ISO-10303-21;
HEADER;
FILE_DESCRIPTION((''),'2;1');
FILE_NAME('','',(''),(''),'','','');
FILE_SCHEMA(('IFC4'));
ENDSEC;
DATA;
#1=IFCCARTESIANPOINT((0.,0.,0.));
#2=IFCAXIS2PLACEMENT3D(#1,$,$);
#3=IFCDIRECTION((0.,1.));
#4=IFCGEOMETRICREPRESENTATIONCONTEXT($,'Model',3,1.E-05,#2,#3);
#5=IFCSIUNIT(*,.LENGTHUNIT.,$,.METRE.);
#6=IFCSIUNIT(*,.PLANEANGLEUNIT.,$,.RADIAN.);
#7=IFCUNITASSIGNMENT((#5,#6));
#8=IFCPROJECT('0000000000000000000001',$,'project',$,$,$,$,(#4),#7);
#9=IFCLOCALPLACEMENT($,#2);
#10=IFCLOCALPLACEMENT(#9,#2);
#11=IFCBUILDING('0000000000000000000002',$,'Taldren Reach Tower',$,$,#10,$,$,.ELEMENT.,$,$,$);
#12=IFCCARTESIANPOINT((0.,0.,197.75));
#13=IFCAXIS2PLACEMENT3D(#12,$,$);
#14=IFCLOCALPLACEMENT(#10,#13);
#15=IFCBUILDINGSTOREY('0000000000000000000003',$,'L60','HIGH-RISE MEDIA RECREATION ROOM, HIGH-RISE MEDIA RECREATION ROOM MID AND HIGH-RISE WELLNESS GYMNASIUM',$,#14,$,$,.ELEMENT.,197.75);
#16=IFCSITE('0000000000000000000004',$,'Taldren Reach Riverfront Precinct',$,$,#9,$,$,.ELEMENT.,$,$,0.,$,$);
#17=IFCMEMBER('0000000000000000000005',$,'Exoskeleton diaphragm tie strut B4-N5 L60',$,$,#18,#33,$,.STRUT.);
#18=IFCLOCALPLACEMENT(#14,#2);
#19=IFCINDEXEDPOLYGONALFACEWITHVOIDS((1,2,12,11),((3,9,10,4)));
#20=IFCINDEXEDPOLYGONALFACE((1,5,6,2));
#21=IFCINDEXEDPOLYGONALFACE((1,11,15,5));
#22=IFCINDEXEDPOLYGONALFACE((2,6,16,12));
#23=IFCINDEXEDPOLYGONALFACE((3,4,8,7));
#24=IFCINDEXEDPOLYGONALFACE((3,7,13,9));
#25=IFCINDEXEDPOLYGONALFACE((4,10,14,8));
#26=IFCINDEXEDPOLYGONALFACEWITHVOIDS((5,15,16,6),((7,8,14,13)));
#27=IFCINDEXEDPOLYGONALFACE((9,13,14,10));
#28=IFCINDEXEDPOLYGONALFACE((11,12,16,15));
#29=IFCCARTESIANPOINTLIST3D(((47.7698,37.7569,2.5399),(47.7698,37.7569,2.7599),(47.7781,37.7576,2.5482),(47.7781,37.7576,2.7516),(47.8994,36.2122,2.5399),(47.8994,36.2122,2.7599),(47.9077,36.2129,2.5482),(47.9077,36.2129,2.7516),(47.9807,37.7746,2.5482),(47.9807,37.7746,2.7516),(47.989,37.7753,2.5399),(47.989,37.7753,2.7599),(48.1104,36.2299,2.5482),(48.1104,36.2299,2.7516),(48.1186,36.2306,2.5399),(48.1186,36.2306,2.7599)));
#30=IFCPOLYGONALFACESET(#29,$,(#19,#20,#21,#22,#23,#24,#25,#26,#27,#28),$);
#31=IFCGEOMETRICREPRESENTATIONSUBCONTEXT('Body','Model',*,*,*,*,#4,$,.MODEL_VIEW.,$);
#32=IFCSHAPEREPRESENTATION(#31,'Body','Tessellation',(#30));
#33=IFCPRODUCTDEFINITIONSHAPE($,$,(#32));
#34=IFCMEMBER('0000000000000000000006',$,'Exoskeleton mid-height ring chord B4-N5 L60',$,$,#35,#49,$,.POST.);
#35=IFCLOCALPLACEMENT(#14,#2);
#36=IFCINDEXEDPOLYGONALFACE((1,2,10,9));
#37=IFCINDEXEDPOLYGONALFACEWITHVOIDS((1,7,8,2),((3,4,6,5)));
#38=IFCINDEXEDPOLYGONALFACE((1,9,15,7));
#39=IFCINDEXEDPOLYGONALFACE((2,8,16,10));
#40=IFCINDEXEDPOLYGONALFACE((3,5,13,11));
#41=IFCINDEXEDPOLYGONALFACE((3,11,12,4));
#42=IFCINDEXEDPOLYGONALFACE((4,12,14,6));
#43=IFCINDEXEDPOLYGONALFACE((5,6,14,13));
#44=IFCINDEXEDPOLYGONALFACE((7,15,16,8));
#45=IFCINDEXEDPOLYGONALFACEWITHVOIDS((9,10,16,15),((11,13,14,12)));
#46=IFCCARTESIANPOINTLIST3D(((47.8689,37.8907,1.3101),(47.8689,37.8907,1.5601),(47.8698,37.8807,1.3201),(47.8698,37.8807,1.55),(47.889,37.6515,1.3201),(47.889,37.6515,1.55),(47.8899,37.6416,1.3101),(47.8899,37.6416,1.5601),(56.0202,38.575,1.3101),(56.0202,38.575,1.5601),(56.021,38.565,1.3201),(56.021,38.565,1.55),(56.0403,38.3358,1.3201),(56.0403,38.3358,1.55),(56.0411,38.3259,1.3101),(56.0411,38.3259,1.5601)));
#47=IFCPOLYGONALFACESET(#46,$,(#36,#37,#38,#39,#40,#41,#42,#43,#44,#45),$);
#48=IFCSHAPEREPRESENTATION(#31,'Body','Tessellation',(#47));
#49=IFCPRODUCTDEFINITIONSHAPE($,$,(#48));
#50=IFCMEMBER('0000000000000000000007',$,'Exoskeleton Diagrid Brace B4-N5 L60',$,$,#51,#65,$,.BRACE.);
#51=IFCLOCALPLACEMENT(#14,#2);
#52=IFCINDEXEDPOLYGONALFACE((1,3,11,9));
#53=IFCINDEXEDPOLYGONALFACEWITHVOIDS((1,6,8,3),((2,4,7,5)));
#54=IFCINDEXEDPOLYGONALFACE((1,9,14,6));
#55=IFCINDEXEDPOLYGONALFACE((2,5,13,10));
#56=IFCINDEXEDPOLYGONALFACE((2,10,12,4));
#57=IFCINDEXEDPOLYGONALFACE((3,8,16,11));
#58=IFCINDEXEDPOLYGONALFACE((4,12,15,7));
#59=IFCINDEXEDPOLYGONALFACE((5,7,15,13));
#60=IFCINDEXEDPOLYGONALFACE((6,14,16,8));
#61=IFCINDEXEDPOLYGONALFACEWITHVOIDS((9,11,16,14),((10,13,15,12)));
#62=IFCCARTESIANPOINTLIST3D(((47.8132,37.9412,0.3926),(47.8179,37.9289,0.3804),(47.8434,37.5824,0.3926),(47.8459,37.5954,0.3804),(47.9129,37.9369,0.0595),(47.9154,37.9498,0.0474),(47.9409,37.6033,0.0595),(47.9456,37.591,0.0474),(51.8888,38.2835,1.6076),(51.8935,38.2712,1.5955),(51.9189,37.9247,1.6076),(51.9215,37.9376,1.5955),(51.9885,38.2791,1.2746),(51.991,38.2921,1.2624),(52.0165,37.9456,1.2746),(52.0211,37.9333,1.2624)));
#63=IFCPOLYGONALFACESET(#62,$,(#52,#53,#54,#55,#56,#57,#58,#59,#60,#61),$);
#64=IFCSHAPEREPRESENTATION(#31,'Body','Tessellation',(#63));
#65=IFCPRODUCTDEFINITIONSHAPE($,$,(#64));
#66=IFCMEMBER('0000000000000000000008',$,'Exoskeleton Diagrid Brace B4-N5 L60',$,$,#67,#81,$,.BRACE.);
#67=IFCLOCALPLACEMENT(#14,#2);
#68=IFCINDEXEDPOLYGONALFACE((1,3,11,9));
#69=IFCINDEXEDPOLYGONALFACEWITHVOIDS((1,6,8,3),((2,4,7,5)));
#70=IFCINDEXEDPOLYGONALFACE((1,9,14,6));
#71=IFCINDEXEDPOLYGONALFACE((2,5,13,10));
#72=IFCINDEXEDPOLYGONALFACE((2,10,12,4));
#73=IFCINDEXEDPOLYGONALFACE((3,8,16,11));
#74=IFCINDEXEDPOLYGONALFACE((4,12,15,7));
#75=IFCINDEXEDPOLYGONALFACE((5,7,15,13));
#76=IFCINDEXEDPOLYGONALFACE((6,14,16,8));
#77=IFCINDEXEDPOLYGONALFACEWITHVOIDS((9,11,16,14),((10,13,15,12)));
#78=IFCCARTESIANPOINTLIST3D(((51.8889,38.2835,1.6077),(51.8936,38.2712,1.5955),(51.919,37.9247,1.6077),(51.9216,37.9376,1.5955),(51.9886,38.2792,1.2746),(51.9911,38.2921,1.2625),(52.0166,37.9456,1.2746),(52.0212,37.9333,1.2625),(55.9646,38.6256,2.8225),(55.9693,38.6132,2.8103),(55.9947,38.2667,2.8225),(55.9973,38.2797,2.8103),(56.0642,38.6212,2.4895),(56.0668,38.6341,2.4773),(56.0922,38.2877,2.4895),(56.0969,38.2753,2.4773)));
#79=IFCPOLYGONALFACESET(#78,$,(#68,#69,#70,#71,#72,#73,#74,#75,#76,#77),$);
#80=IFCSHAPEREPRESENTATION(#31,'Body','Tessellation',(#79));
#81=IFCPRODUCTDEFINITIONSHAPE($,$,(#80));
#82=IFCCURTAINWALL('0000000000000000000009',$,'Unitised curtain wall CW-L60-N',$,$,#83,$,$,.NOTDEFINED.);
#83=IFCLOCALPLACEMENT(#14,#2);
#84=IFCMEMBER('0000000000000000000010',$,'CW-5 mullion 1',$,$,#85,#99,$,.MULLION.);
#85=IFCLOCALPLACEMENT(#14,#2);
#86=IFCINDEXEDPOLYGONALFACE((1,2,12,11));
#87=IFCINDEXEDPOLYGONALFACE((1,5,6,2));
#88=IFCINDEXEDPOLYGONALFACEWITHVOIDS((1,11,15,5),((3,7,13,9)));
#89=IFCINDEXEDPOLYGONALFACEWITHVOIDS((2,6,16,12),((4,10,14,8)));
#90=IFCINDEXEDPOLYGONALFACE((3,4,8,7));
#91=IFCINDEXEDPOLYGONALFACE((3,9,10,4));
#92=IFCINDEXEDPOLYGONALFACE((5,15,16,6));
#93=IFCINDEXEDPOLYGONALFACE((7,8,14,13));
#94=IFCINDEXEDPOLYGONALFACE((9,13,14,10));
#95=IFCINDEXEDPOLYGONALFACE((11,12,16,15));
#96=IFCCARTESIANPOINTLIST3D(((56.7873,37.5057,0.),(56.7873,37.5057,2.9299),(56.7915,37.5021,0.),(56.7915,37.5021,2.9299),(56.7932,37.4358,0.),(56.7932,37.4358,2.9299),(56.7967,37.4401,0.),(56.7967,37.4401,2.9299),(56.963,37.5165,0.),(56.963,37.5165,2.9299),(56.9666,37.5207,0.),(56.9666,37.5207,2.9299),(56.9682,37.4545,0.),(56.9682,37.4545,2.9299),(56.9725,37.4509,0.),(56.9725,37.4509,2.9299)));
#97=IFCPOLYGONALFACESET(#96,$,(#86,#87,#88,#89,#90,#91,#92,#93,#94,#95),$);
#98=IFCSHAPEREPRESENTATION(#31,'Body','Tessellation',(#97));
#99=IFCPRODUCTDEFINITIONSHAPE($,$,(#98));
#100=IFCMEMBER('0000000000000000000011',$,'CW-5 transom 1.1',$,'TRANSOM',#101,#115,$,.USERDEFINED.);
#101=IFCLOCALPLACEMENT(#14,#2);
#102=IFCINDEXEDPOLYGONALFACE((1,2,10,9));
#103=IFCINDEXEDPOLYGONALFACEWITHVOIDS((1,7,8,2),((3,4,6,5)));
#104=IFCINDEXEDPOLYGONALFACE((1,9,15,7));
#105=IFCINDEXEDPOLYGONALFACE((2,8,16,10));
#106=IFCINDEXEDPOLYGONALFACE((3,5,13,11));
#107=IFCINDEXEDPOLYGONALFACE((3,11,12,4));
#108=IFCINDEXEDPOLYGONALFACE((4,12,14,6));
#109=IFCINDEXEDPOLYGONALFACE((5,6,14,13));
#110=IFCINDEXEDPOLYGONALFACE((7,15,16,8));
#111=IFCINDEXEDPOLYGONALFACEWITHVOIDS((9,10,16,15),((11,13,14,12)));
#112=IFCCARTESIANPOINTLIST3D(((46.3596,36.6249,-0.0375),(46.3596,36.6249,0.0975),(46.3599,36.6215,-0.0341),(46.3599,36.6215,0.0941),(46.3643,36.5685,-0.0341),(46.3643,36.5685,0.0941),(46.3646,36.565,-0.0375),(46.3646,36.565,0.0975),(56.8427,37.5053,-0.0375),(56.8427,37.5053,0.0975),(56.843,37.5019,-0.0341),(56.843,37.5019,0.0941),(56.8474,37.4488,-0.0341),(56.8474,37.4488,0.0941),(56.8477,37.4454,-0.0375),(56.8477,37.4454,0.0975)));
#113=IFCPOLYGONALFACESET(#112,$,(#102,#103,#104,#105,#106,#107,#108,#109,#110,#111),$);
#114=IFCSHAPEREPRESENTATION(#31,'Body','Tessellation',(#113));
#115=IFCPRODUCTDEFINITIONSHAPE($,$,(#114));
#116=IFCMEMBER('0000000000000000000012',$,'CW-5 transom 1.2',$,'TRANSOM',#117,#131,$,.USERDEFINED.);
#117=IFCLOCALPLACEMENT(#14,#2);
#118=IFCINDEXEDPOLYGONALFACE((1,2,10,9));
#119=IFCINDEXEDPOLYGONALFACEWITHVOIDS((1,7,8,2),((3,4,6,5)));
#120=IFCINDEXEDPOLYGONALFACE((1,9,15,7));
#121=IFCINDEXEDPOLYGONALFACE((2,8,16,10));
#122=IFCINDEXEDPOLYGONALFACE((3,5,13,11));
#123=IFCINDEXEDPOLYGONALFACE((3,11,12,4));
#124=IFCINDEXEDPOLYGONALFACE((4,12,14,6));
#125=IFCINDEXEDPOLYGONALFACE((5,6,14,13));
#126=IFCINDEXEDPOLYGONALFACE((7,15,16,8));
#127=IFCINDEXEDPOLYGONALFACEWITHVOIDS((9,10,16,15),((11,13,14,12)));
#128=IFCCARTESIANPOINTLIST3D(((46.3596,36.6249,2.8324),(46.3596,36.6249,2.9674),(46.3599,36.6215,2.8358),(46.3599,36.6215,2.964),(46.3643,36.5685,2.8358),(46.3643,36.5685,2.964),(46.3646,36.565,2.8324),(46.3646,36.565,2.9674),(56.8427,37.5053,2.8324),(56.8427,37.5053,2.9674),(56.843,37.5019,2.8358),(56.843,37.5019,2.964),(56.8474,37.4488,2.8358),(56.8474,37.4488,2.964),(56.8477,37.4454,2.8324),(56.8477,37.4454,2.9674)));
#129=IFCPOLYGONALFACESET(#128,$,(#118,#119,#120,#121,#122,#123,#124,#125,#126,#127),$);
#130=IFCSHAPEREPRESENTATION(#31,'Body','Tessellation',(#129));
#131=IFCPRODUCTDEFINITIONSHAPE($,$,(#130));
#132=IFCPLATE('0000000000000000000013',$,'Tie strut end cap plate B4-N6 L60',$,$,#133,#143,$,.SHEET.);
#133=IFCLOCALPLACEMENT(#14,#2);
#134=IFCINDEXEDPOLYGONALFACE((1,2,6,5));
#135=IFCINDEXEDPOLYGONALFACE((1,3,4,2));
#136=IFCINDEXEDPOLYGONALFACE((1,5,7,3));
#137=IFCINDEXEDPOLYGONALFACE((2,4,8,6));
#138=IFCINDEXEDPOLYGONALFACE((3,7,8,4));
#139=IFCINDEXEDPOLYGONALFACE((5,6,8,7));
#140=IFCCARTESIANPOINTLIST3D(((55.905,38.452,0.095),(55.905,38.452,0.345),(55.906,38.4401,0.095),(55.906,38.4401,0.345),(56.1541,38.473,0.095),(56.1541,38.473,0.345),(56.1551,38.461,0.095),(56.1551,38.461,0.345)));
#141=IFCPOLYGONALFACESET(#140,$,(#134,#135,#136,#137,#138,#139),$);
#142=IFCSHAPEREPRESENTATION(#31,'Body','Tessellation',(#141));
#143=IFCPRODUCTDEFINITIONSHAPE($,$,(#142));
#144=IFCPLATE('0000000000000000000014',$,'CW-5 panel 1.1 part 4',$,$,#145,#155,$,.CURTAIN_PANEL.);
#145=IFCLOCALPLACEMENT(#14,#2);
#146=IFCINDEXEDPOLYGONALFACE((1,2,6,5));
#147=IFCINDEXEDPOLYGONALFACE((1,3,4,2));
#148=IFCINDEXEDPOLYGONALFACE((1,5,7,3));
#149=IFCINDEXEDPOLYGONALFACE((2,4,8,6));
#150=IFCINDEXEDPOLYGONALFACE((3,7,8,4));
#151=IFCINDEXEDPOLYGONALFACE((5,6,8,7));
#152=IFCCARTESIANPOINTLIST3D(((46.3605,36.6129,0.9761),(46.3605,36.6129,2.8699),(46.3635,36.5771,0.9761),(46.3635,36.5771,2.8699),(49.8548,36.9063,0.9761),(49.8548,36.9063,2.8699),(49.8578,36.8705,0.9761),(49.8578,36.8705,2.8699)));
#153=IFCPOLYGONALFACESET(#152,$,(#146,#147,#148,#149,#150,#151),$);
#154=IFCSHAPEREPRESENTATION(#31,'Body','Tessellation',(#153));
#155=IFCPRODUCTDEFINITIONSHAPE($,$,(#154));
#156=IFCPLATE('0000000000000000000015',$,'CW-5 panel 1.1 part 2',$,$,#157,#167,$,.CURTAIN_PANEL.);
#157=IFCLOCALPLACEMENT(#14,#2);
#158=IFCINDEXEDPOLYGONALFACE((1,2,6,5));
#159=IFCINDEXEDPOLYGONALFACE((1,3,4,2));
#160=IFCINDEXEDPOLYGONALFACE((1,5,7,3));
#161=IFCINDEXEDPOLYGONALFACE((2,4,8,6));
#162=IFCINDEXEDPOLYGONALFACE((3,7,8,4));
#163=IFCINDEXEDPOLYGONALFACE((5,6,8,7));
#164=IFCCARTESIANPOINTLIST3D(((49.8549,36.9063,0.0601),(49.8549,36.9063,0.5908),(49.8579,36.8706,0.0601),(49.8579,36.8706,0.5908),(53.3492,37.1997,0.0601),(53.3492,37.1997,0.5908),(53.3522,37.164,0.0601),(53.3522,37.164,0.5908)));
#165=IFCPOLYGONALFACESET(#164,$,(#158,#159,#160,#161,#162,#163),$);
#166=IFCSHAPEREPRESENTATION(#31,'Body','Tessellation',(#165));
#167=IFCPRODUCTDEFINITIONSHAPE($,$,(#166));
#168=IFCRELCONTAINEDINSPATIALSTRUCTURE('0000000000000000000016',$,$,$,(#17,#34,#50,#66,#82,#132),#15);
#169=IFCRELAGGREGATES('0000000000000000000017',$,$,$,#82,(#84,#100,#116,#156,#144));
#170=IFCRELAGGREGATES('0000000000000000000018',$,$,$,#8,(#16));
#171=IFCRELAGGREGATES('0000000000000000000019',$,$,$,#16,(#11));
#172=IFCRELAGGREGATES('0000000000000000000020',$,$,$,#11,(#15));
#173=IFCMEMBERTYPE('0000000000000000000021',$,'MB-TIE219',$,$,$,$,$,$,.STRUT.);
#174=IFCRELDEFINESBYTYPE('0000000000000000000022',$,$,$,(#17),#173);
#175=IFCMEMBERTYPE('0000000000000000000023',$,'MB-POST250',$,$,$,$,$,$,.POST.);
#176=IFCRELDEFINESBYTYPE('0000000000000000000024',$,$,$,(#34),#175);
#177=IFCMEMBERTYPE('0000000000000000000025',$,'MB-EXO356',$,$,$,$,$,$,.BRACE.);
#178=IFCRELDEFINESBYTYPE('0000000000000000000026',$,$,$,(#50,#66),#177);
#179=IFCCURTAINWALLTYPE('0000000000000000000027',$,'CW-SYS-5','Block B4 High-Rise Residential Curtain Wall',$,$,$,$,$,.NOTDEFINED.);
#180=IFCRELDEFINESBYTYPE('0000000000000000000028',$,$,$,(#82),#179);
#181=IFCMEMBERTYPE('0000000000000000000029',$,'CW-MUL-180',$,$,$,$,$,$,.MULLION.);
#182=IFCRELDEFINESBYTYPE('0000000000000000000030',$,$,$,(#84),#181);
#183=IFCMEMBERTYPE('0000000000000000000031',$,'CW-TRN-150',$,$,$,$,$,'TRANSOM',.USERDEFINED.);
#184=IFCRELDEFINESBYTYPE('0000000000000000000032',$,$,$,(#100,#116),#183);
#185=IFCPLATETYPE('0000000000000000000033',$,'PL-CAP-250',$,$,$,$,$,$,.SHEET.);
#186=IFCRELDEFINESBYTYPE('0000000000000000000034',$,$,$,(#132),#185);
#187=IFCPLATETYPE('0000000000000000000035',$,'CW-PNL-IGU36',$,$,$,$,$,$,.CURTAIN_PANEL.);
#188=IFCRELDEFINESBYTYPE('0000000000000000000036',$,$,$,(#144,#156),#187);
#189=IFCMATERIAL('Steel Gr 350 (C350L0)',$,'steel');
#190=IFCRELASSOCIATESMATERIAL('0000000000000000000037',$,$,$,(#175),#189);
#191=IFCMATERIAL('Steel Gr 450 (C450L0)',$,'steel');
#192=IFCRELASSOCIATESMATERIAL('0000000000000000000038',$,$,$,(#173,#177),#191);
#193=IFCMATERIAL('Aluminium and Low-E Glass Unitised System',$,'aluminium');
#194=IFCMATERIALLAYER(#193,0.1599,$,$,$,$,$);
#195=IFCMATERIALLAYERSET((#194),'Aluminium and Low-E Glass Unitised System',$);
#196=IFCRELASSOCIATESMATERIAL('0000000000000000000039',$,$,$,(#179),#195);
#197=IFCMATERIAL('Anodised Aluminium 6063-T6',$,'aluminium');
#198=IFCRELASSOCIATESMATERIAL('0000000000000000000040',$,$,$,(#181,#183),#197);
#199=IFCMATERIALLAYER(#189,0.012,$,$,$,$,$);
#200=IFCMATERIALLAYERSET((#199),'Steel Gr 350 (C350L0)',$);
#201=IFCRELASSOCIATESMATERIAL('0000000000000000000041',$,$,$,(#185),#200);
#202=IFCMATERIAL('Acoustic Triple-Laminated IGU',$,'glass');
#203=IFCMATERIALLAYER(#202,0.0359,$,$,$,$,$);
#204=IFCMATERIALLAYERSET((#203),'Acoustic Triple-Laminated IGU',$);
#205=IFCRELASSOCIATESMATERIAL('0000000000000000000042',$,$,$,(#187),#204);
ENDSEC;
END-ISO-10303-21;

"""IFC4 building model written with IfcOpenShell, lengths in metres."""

from ifc_helpers import new_model, si_unit, direction, frame, origin, origin_2d, place, context, subcontext, project, spatial, rectangle, hollow_rectangle, extrude, source, transform, mapped, material, layer, layer_set, material_profile, profile_set, type_object, element, aggregate, save


model = new_model("IFC4")

# Units and contexts
model_context = context("Model", 3, precision=1e-05, world=origin(), true_north=direction((0.0, 1.0)))
body_context = subcontext(model_context, "Body", "Model", "MODEL_VIEW")
ifc_project = project(units=[si_unit("LENGTHUNIT", "METRE"), si_unit("PLANEANGLEUNIT", "RADIAN")], contexts=[model_context])

# Site, building, storey
site_placement = place(None, origin())
site = spatial("IfcSite", under=ifc_project, at=site_placement, Name="Taldren Reach Riverfront Precinct", CompositionType="ELEMENT", RefElevation=0.0)
building_placement = place(site_placement, origin())
building = spatial("IfcBuilding", under=site, at=building_placement, Name="Taldren Reach Tower", CompositionType="ELEMENT")
storey_placement = place(building_placement, frame((0.0, 0.0, 197.75)))
storey = spatial("IfcBuildingStorey", under=building, at=storey_placement, Name="L60", Description="HIGH-RISE MEDIA RECREATION ROOM, HIGH-RISE MEDIA RECREATION ROOM MID AND HIGH-RISE WELLNESS GYMNASIUM", CompositionType="ELEMENT", Elevation=197.75)

# Shared definitions
ifc_material_1 = material(Name="Steel Gr 350 (C350L0)", Category="steel")

# Shared definitions
ifc_material_profile_1 = material_profile(ifc_material_1, hollow_rectangle(XDim=0.25, YDim=0.25, WallThickness=0.01, at=origin_2d()), Name="250x250x10.0SHS")
ifc_profile_set_1 = profile_set([ifc_material_profile_1], Name="Steel Gr 350 (C350L0)")
member_type_1 = type_object("IfcMemberType", Name="MB-POST250", PredefinedType="POST", material=ifc_profile_set_1)

# Members
ifc_material_2 = material(Name="Steel Gr 450 (C450L0)", Category="steel")
ifc_material_profile_2 = material_profile(ifc_material_2, hollow_rectangle(XDim=0.22, YDim=0.22, WallThickness=0.0083, at=origin_2d()), Name="220x220x8.2SHS")
ifc_profile_set_2 = profile_set([ifc_material_profile_2], Name="Steel Gr 450 (C450L0)")
member_type_2 = type_object("IfcMemberType", Name="MB-TIE219", PredefinedType="STRUT", material=ifc_profile_set_2)
shared_shape_1 = source(origin(), body_context, "Body", "SweptSolid", [
    extrude(hollow_rectangle(XDim=0.22, YDim=0.22, WallThickness=0.0083, at=origin_2d()), origin(), (0.0, 0.0, 1.0), 1.55),
])
member_1_placement = place(storey_placement, frame((48.009, 36.2214, 2.6499), z_axis=(-0.083632, 0.996497, 0.0), x_axis=(-0.996497, -0.083632, 0.0)))
element("IfcMember", 1, at=member_1_placement, inside=storey, type_object=member_type_2, Name="Exoskeleton diaphragm tie strut B4-N5 L60", PredefinedType="STRUT", context=body_context, shape_type="MappedRepresentation", body=[
    mapped(shared_shape_1, transform((0.0, 0.0, 0.0), scale=1.0)),
])
shared_shape_2 = source(origin(), body_context, "Body", "SweptSolid", [
    extrude(hollow_rectangle(XDim=0.25, YDim=0.25, WallThickness=0.01, at=origin_2d()), origin(), (0.0, 0.0, 1.0), 8.1799),
])
member_2_placement = place(storey_placement, frame((47.8794, 37.7661, 1.4351), z_axis=(0.996495, 0.083658, 0.0), x_axis=(-0.083658, 0.996495, 0.0)))
element("IfcMember", 2, at=member_2_placement, inside=storey, type_object=member_type_1, Name="Exoskeleton mid-height ring chord B4-N5 L60", PredefinedType="POST", context=body_context, shape_type="MappedRepresentation", body=[
    mapped(shared_shape_2, transform((0.0, 0.0, 0.0), scale=1.0)),
])
ifc_material_profile_3 = material_profile(ifc_material_2, hollow_rectangle(XDim=0.3601, YDim=0.3601, WallThickness=0.0127, at=origin_2d()), Name="360x360x12.7SHS")
ifc_profile_set_3 = profile_set([ifc_material_profile_3], Name="Steel Gr 450 (C450L0)")
member_type_3 = type_object("IfcMemberType", Name="MB-EXO356", PredefinedType="BRACE", material=ifc_profile_set_3)
shared_shape_3 = source(origin(), body_context, "Body", "SweptSolid", [
    extrude(hollow_rectangle(XDim=0.3601, YDim=0.3601, WallThickness=0.0127, at=origin_2d()), origin(), (0.0, 0.0, 1.0), 4.2666),
])
for number, where, z_axis, x_axis, name in (
    (3, (47.8794, 37.7661, 0.22), (0.955229, 0.080222, 0.284783), (-0.083688, 0.996492, 0.0), "Exoskeleton Diagrid Brace B4-N5 L60"),
    (4, (51.9551, 38.1084, 1.4351), (0.955249, 0.080167, 0.284732), (-0.083628, 0.996497, 0.0), "Exoskeleton Diagrid Brace B4-N5 L60"),
):
    element("IfcMember", number, at=place(storey_placement, frame(where, z_axis=z_axis, x_axis=x_axis)), inside=storey, type_object=member_type_3, Name=name, PredefinedType="BRACE", context=body_context, shape_type="MappedRepresentation", body=[
        mapped(shared_shape_3, transform((0.0, 0.0, 0.0), scale=1.0)),
    ])

# Curtain wall, members
ifc_material_3 = material(Name="Aluminium and Low-E Glass Unitised System", Category="aluminium")
ifc_layer_1 = layer(ifc_material_3, 0.1599)
ifc_layer_set_1 = layer_set([ifc_layer_1], Name="Aluminium and Low-E Glass Unitised System")
curtain_wall_type = type_object("IfcCurtainWallType", Name="CW-SYS-5", Description="Block B4 High-Rise Residential Curtain Wall", PredefinedType="NOTDEFINED", material=ifc_layer_set_1)
curtain_wall_placement = place(storey_placement, origin())
curtain_wall = element("IfcCurtainWall", 5, at=curtain_wall_placement, inside=storey, type_object=curtain_wall_type, Name="Unitised curtain wall CW-L60-N", PredefinedType="NOTDEFINED")
ifc_material_4 = material(Name="Anodised Aluminium 6063-T6", Category="aluminium")
ifc_material_profile_4 = material_profile(ifc_material_4, hollow_rectangle(XDim=0.0701, YDim=0.1799, WallThickness=0.0039, at=origin_2d()), Name="ALU-180x70x4RHS")
ifc_profile_set_4 = profile_set([ifc_material_profile_4], Name="Anodised Aluminium 6063-T6")
member_type_4 = type_object("IfcMemberType", Name="CW-MUL-180", PredefinedType="MULLION", material=ifc_profile_set_4)
shared_shape_4 = source(origin(), body_context, "Body", "SweptSolid", [
    extrude(hollow_rectangle(XDim=0.0701, YDim=0.1799, WallThickness=0.0039, at=origin_2d()), origin(), (0.0, 0.0, 1.0), 2.9299),
])
member_3_placement = place(storey_placement, frame((56.8799, 37.4783, 0.0), z_axis=(0.0, 0.0, 1.0), x_axis=(0.083678, -0.996493, 0.0)))
member_3 = element("IfcMember", 6, at=member_3_placement, type_object=member_type_4, Name="CW-5 mullion 1", PredefinedType="MULLION", context=body_context, shape_type="MappedRepresentation", body=[
    mapped(shared_shape_4, transform((0.0, 0.0, 0.0), scale=1.0)),
])
ifc_material_profile_5 = material_profile(ifc_material_4, hollow_rectangle(XDim=0.0601, YDim=0.135, WallThickness=0.0034, at=origin_2d()), Name="ALU-135x60x3.5RHS")
ifc_profile_set_5 = profile_set([ifc_material_profile_5], Name="Anodised Aluminium 6063-T6")
member_type_5 = type_object("IfcMemberType", Name="CW-TRN-150", ElementType="TRANSOM", PredefinedType="USERDEFINED", material=ifc_profile_set_5)
shared_shape_5 = source(origin(), body_context, "Body", "SweptSolid", [
    extrude(hollow_rectangle(XDim=0.0601, YDim=0.135, WallThickness=0.0034, at=origin_2d()), origin(), (0.0, 0.0, 1.0), 10.52),
])
member_4_placement = place(storey_placement, frame((56.8452, 37.4753, 0.03), z_axis=(-0.996492, -0.083685, 0.0), x_axis=(0.083685, -0.996492, 0.0)))
member_4 = element("IfcMember", 7, at=member_4_placement, type_object=member_type_5, Name="CW-5 transom 1.1", ObjectType="TRANSOM", PredefinedType="USERDEFINED", context=body_context, shape_type="MappedRepresentation", body=[
    mapped(shared_shape_5, transform((0.0, 0.0, 0.0), scale=1.0)),
])
member_5_placement = place(storey_placement, frame((56.8452, 37.4753, 2.8999), z_axis=(-0.996492, -0.083685, 0.0), x_axis=(0.083685, -0.996492, 0.0)))
member_5 = element("IfcMember", 8, at=member_5_placement, type_object=member_type_5, Name="CW-5 transom 1.2", ObjectType="TRANSOM", PredefinedType="USERDEFINED", context=body_context, shape_type="MappedRepresentation", body=[
    mapped(shared_shape_5, transform((0.0, 0.0, 0.0), scale=1.0)),
])

# Plates
ifc_layer_2 = layer(ifc_material_1, 0.012)
ifc_layer_set_2 = layer_set([ifc_layer_2], Name="Steel Gr 350 (C350L0)")
plate_type_1 = type_object("IfcPlateType", Name="PL-CAP-250", PredefinedType="SHEET", material=ifc_layer_set_2)
shared_shape_6 = source(origin(), body_context, "Body", "SweptSolid", [
    extrude(rectangle(XDim=0.25, YDim=0.012, at=origin_2d()), origin(), (0.0, 0.0, 1.0), 0.25),
])
plate_1_placement = place(storey_placement, frame((56.03, 38.4565, 0.095), z_axis=(0.0, 0.0, 1.0), x_axis=(0.996493, 0.083678, 0.0)))
element("IfcPlate", 9, at=plate_1_placement, inside=storey, type_object=plate_type_1, Name="Tie strut end cap plate B4-N6 L60", PredefinedType="SHEET", context=body_context, shape_type="MappedRepresentation", body=[
    mapped(shared_shape_6, transform((0.0, 0.0, 0.0), scale=1.0)),
])
ifc_material_5 = material(Name="Acoustic Triple-Laminated IGU", Category="glass")
ifc_layer_3 = layer(ifc_material_5, 0.0359)
ifc_layer_set_3 = layer_set([ifc_layer_3], Name="Acoustic Triple-Laminated IGU")
plate_type_2 = type_object("IfcPlateType", Name="CW-PNL-IGU36", PredefinedType="CURTAIN_PANEL", material=ifc_layer_set_3)
shared_shape_7 = source(origin(), body_context, "Body", "SweptSolid", [
    extrude(rectangle(XDim=3.5066, YDim=0.0359, at=origin_2d()), origin(), (0.0, 0.0, 1.0), 1.8938),
])
plate_2_placement = place(storey_placement, frame((48.1091, 36.7417, 0.9761), z_axis=(0.0, 0.0, 1.0), x_axis=(-0.996493, -0.083678, 0.0)))
plate_2 = element("IfcPlate", 10, at=plate_2_placement, type_object=plate_type_2, Name="CW-5 panel 1.1 part 4", PredefinedType="CURTAIN_PANEL", context=body_context, shape_type="MappedRepresentation", body=[
    mapped(shared_shape_7, transform((0.0, 0.0, 0.0), scale=1.0)),
])
shared_shape_8 = source(origin(), body_context, "Body", "SweptSolid", [
    extrude(rectangle(XDim=3.5066, YDim=0.0359, at=origin_2d()), origin(), (0.0, 0.0, 1.0), 0.5308),
])
plate_3_placement = place(storey_placement, frame((51.6035, 37.0352, 0.0601), z_axis=(0.0, 0.0, 1.0), x_axis=(-0.996493, -0.083678, 0.0)))
plate_3 = element("IfcPlate", 11, at=plate_3_placement, type_object=plate_type_2, Name="CW-5 panel 1.1 part 2", PredefinedType="CURTAIN_PANEL", context=body_context, shape_type="MappedRepresentation", body=[
    mapped(shared_shape_8, transform((0.0, 0.0, 0.0), scale=1.0)),
])
aggregate(curtain_wall, [member_3, member_4, member_5, plate_3, plate_2])

save(model, "model.ifc")
